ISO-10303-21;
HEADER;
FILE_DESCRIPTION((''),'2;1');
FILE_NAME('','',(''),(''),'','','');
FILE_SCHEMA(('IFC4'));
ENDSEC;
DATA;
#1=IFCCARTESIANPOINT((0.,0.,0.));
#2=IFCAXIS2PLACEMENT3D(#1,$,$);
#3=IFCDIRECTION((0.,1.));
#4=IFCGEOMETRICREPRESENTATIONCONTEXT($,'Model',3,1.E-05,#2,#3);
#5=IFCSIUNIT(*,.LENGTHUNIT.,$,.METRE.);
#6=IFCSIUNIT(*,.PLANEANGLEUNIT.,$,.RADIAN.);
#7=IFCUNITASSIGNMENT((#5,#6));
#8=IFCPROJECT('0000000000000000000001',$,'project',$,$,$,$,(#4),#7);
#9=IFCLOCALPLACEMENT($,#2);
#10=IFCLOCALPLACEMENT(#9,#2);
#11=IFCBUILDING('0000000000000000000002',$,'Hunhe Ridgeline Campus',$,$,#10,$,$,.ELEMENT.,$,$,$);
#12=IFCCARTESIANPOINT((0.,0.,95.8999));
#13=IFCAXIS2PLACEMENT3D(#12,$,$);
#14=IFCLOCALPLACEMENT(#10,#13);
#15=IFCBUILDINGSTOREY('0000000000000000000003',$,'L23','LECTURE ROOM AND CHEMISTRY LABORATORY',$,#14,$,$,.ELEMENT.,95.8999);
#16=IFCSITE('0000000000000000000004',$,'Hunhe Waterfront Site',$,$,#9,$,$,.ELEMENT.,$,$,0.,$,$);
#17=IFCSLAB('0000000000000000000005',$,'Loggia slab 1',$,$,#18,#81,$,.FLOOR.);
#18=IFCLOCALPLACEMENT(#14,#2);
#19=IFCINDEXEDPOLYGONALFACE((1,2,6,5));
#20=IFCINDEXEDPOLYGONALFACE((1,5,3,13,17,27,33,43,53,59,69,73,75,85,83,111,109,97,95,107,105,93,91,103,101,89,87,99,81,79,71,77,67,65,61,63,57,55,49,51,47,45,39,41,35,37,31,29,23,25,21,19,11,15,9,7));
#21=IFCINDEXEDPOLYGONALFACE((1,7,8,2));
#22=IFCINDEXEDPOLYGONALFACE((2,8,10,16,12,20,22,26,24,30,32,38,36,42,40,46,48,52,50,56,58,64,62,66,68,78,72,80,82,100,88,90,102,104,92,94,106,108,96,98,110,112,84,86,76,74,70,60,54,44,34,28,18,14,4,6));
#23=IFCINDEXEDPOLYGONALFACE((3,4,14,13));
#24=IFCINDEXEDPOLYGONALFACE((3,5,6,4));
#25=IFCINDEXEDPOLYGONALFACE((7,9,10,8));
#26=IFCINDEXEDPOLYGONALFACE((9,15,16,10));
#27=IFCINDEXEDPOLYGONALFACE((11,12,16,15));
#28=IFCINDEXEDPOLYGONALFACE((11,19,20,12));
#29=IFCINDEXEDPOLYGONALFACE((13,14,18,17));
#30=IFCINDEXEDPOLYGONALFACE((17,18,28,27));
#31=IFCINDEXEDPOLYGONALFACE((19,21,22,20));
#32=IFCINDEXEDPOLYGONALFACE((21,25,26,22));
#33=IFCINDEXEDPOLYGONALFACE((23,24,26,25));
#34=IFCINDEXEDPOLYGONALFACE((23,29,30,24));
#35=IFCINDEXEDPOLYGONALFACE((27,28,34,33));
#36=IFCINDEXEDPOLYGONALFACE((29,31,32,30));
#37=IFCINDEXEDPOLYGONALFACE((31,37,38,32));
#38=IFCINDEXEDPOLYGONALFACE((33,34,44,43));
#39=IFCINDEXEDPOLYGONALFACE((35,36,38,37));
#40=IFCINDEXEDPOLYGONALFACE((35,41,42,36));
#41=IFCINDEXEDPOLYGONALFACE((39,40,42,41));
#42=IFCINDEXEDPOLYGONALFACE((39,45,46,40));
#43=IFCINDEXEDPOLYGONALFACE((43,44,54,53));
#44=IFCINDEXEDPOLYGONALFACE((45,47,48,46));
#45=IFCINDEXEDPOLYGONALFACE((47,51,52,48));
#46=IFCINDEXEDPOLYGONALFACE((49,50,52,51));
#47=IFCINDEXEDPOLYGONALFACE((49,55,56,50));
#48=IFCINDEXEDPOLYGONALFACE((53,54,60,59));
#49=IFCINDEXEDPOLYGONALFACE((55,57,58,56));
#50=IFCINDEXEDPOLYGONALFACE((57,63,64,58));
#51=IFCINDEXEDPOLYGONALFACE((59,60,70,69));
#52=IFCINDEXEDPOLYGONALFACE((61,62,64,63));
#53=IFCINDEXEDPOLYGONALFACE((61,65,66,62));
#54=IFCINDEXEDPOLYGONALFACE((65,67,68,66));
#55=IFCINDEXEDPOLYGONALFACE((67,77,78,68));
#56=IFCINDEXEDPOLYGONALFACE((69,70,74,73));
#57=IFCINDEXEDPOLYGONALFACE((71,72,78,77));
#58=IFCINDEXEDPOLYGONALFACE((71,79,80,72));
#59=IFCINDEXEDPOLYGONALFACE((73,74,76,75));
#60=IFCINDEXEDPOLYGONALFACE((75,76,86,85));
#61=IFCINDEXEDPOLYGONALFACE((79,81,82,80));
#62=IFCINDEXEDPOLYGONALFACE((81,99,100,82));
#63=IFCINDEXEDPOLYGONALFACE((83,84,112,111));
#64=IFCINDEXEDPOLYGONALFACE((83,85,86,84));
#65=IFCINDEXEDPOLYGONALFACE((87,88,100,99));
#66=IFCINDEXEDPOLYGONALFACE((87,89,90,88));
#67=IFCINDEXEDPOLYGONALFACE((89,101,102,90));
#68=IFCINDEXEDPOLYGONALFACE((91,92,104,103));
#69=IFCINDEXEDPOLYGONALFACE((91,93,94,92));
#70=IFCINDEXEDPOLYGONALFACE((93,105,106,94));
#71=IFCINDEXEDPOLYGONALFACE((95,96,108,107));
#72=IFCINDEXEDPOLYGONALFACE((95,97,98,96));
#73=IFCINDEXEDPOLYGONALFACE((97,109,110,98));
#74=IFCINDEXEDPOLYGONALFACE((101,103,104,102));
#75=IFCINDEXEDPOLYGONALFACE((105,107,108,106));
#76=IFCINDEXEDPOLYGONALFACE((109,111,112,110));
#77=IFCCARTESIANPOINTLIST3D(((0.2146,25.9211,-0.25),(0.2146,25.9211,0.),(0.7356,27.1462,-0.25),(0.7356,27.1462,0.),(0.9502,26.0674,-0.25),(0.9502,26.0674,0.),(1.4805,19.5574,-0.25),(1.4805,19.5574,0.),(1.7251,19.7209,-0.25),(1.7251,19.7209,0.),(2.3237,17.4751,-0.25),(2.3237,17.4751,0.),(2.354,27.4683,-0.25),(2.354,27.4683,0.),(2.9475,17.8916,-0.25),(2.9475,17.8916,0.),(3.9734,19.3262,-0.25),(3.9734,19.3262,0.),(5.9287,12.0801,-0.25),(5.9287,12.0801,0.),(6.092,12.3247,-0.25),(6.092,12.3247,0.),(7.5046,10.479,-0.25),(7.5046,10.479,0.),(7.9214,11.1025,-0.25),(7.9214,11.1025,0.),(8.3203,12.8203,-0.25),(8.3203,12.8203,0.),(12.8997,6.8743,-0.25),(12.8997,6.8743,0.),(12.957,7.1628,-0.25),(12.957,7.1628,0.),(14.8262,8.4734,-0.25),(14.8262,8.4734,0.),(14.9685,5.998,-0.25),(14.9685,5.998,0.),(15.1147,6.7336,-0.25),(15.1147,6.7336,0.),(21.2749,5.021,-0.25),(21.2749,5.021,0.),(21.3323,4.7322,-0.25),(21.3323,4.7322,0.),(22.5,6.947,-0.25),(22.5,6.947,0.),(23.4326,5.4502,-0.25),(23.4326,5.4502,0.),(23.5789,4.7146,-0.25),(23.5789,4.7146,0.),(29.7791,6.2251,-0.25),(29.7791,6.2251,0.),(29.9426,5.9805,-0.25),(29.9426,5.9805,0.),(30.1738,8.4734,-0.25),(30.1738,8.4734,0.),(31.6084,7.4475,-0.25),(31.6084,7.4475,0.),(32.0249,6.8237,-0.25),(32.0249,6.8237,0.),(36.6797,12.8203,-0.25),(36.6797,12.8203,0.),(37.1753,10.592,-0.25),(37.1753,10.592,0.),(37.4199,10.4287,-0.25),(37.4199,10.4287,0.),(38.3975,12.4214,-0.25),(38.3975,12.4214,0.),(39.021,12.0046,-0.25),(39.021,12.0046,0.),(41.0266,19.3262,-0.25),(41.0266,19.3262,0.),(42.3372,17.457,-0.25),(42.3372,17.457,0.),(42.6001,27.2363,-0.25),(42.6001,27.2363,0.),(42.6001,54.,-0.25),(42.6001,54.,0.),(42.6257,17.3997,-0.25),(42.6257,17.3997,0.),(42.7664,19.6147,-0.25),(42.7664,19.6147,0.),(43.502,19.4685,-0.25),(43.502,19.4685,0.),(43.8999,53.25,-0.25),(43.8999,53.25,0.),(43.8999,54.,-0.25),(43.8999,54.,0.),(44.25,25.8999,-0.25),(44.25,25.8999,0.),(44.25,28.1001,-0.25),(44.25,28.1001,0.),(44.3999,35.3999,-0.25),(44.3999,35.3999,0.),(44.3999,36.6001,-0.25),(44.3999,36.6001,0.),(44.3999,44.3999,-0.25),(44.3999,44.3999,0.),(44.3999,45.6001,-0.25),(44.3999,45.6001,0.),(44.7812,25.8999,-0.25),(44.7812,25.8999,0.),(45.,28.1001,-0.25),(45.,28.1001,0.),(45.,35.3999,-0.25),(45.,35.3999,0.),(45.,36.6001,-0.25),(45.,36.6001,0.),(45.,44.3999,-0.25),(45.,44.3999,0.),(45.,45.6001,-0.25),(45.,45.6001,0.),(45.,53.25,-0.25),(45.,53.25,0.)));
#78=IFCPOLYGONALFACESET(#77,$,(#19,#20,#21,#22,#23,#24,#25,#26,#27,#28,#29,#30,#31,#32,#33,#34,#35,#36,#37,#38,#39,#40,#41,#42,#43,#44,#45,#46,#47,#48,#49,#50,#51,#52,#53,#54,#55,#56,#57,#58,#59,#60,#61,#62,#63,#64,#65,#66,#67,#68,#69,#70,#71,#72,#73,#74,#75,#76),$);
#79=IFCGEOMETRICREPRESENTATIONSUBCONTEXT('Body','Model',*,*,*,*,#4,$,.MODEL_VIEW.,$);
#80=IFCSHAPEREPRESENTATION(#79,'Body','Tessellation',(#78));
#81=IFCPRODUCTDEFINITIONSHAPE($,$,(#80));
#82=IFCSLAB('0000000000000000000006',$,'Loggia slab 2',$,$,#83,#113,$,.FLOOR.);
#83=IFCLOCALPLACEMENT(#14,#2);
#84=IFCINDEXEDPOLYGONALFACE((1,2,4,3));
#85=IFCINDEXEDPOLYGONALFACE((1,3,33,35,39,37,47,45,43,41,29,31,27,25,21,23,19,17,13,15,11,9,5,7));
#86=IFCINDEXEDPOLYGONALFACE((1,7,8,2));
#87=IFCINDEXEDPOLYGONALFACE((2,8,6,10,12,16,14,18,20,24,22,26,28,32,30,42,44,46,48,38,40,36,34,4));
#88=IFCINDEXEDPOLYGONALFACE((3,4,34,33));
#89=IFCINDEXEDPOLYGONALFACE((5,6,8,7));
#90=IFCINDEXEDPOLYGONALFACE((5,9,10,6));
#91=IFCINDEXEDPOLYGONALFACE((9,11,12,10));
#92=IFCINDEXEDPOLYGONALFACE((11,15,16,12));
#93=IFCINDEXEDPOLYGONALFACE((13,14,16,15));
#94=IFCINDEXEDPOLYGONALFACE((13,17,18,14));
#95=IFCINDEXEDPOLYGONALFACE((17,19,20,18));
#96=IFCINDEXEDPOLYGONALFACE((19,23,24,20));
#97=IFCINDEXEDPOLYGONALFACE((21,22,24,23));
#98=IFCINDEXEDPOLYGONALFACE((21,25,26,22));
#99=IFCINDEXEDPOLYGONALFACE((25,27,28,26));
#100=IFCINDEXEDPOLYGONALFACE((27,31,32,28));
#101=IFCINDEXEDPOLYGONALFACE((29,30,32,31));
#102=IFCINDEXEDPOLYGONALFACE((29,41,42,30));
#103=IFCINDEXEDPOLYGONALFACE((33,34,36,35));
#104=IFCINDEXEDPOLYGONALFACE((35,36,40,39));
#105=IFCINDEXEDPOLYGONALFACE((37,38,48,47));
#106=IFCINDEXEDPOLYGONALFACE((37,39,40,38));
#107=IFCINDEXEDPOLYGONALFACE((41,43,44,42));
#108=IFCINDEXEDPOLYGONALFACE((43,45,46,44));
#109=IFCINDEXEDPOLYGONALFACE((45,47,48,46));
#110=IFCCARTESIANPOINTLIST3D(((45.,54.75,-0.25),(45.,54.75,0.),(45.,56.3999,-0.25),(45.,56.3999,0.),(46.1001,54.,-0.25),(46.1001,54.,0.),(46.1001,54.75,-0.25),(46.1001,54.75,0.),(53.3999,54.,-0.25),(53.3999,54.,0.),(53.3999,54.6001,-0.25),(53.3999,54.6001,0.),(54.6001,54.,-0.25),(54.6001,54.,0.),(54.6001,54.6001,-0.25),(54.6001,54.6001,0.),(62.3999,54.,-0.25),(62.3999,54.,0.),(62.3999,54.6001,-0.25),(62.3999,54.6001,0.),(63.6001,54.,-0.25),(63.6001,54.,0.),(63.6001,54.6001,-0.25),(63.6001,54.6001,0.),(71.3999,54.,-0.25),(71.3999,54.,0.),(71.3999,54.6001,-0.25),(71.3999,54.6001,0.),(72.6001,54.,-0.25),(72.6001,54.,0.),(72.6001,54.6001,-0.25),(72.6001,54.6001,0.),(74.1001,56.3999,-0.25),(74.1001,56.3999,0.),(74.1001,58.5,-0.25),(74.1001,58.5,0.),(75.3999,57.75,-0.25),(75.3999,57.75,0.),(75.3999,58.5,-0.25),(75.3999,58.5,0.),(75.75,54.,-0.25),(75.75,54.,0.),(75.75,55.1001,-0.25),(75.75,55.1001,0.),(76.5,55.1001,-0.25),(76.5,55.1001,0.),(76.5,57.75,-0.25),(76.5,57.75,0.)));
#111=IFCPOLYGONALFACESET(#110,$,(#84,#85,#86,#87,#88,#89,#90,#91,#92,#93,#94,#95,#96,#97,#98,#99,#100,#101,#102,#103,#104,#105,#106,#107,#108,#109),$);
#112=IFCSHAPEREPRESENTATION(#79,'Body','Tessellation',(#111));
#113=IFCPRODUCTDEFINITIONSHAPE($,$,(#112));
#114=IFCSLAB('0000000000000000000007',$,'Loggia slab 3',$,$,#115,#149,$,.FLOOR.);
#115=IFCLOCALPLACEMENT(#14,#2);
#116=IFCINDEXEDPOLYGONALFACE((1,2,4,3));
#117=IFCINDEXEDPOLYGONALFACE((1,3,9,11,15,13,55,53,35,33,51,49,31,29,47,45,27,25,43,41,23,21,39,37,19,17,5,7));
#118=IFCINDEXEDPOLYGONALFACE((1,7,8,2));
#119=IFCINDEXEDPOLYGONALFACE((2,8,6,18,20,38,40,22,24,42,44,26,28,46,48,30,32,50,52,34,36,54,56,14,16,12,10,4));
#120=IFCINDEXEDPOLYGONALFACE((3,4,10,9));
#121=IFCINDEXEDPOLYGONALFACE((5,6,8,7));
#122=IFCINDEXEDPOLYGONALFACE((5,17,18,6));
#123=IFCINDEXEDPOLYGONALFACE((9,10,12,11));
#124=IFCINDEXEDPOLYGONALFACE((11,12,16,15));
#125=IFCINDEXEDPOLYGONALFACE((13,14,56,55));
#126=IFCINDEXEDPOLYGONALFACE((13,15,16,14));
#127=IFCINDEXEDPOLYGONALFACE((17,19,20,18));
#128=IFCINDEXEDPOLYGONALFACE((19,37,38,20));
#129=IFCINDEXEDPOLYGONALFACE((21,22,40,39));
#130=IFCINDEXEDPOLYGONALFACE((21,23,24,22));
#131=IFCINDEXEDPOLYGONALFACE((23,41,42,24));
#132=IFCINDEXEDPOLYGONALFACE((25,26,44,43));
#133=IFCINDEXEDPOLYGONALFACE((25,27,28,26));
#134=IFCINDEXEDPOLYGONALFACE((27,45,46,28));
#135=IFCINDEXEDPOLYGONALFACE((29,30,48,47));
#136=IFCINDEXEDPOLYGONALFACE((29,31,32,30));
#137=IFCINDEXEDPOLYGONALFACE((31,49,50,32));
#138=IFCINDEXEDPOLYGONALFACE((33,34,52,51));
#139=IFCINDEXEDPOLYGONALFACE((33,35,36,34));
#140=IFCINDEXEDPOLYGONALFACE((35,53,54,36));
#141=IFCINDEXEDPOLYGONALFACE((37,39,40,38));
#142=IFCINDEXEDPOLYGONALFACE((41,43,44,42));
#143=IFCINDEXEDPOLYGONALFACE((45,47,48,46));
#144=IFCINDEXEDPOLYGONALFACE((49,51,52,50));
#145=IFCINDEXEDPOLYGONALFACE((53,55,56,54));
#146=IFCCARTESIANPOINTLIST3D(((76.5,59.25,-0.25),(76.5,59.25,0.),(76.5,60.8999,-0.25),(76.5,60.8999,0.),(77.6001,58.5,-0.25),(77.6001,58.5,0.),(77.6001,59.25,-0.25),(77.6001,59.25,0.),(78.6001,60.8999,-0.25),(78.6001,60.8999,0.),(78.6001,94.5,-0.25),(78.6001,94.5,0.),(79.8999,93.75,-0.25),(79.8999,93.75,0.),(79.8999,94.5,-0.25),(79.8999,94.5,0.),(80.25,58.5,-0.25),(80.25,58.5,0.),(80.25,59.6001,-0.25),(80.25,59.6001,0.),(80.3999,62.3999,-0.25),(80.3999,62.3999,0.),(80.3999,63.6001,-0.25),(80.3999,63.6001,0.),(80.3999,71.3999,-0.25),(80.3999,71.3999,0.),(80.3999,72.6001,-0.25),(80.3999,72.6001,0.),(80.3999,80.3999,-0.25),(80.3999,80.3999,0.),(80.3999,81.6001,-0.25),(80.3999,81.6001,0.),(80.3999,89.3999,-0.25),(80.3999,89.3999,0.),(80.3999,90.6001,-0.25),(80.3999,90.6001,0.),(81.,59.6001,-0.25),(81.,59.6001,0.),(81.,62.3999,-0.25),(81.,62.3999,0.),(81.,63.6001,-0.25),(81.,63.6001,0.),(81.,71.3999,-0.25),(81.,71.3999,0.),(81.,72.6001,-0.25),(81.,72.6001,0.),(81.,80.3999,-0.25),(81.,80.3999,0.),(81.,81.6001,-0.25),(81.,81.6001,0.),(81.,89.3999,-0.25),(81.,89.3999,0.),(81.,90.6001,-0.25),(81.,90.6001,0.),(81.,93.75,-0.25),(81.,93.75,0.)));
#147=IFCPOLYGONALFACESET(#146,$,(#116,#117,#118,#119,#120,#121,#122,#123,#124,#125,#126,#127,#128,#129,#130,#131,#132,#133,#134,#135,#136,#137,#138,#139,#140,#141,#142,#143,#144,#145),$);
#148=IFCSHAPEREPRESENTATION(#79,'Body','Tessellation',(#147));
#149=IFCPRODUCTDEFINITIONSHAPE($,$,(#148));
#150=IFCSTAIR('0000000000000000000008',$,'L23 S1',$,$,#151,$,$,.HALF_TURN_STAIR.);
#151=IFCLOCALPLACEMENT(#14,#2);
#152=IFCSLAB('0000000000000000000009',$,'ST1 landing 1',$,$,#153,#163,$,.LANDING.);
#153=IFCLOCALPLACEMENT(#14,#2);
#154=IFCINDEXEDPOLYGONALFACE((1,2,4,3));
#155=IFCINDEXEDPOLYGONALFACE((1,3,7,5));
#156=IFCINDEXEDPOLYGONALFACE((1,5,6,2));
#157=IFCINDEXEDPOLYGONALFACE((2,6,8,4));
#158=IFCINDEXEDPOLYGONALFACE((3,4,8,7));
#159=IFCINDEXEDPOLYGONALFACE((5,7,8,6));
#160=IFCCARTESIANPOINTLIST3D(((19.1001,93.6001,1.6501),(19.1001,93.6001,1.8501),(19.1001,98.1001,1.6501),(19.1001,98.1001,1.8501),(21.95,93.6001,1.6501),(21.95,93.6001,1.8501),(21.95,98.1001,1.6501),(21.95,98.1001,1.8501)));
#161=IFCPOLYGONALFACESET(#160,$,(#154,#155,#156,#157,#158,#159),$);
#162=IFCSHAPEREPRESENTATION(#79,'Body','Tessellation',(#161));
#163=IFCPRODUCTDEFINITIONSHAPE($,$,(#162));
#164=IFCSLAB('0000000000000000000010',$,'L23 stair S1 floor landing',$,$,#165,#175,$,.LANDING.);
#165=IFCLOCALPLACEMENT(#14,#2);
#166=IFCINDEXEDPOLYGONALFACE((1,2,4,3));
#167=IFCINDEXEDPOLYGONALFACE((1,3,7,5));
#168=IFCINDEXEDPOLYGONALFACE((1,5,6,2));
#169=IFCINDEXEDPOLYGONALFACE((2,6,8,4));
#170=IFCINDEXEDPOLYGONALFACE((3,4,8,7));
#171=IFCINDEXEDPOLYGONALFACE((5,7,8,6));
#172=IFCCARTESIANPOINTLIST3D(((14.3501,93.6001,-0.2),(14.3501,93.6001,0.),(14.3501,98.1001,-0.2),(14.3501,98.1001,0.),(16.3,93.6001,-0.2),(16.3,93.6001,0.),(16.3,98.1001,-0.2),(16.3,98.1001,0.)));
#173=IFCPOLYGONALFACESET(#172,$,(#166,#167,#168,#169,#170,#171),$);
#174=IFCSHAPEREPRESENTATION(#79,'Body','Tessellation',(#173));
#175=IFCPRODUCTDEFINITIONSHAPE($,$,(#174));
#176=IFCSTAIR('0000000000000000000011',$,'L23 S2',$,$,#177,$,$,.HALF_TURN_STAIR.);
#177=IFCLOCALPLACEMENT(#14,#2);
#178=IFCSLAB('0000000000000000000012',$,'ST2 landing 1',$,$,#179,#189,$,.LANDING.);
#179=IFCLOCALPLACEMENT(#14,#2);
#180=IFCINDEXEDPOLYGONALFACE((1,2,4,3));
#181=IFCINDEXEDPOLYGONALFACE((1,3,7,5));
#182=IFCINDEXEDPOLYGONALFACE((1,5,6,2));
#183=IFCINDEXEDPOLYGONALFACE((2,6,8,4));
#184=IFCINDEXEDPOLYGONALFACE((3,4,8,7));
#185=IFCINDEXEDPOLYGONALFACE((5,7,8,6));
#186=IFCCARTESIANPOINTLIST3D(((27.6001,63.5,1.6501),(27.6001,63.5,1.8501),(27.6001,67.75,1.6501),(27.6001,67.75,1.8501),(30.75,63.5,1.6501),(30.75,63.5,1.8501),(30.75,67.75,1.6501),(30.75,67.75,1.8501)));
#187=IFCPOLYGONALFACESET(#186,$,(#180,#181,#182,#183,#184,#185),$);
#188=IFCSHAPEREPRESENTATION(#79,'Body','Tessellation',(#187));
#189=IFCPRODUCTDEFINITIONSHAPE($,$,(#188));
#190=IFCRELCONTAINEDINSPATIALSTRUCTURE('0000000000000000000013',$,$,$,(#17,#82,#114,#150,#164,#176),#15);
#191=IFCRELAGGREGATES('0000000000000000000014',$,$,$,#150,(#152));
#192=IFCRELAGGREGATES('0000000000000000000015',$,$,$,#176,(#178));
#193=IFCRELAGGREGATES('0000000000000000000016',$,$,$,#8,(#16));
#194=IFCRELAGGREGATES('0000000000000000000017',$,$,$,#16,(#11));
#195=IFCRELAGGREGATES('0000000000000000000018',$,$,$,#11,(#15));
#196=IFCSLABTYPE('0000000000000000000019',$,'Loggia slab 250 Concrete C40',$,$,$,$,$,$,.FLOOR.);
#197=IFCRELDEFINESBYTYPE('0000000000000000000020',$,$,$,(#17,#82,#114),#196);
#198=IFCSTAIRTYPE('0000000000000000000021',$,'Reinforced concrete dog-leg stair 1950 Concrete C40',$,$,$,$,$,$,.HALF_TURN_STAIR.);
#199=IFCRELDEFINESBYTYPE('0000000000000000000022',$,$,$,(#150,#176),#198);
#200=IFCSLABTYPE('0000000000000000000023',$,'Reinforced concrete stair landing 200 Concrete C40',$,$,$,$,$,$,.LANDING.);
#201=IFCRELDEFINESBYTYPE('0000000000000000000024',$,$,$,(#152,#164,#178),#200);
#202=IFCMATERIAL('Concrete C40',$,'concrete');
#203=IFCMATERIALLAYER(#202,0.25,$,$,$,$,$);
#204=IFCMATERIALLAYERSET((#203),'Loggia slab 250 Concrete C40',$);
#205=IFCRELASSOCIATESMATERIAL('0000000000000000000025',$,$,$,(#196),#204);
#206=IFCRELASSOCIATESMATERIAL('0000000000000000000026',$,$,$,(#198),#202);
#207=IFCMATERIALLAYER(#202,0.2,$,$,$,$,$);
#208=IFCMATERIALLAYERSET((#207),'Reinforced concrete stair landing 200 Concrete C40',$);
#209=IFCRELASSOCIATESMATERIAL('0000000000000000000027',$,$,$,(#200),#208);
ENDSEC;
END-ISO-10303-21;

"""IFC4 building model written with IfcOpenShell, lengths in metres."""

from ifc_helpers import new_model, si_unit, direction, frame, origin, place, context, subcontext, project, spatial, polyline, outline, extrude, material, layer, layer_set, type_object, element, aggregate, save


model = new_model("IFC4")

# Units and contexts
model_context = context("Model", 3, precision=1e-05, world=origin(), true_north=direction((0.0, 1.0)))
body_context = subcontext(model_context, "Body", "Model", "MODEL_VIEW")
ifc_project = project(units=[si_unit("LENGTHUNIT", "METRE"), si_unit("PLANEANGLEUNIT", "RADIAN")], contexts=[model_context])

# Site, building, storey
site_placement = place(None, origin())
site = spatial("IfcSite", under=ifc_project, at=site_placement, Name="Hunhe Waterfront Site", CompositionType="ELEMENT", RefElevation=0.0)
building_placement = place(site_placement, origin())
building = spatial("IfcBuilding", under=site, at=building_placement, Name="Hunhe Ridgeline Campus", CompositionType="ELEMENT")
storey_placement = place(building_placement, frame((0.0, 0.0, 95.8999)))
storey = spatial("IfcBuildingStorey", under=building, at=storey_placement, Name="L23", Description="LECTURE ROOM AND CHEMISTRY LABORATORY", CompositionType="ELEMENT", Elevation=95.8999)

# Slabs
ifc_material_1 = material(Name="Concrete C40", Category="concrete")
ifc_layer_1 = layer(ifc_material_1, 0.25)
ifc_layer_set_1 = layer_set([ifc_layer_1], Name="Loggia slab 250 Concrete C40")
slab_type_1 = type_object("IfcSlabType", Name="Loggia slab 250 Concrete C40", PredefinedType="FLOOR", material=ifc_layer_set_1)
slab_1_placement = place(storey_placement, frame((0.0, 0.0, -0.25)))
element("IfcSlab", 1, at=slab_1_placement, inside=storey, type_object=slab_type_1, Name="Loggia slab 1", PredefinedType="FLOOR", context=body_context, shape_type="SweptSolid", body=[
    extrude(outline(polyline([(30.1738, 8.4734), (22.5, 6.947), (14.8262, 8.4734), (8.3203, 12.8203), (3.9734, 19.3262), (2.354, 27.4683), (0.7356, 27.1462), (0.9502, 26.0674), (0.2146, 25.9211), (1.4805, 19.5574), (1.7251, 19.7209), (2.9475, 17.8916), (2.3237, 17.4751), (5.9287, 12.0801), (6.092, 12.3247), (7.9214, 11.1025), (7.5046, 10.479), (12.8997, 6.8743), (12.957, 7.1628), (15.1147, 6.7336), (14.9685, 5.998), (21.3323, 4.7322), (21.2749, 5.021), (23.4326, 5.4502), (23.5789, 4.7146), (29.9426, 5.9805), (29.7791, 6.2251), (31.6084, 7.4475), (32.0249, 6.8237), (37.4199, 10.4287), (37.1753, 10.592), (38.3975, 12.4214), (39.021, 12.0046), (42.6257, 17.3997), (42.3372, 17.457), (42.7664, 19.6147), (43.502, 19.4685), (44.7812, 25.8999), (44.25, 25.8999), (44.25, 28.1001), (45.0, 28.1001), (45.0, 35.3999), (44.3999, 35.3999), (44.3999, 36.6001), (45.0, 36.6001), (45.0, 44.3999), (44.3999, 44.3999), (44.3999, 45.6001), (45.0, 45.6001), (45.0, 53.25), (43.8999, 53.25), (43.8999, 54.0), (42.6001, 54.0), (42.6001, 27.2363), (41.0266, 19.3262), (36.6797, 12.8203), (30.1738, 8.4734)])), origin(), (0.0, 0.0, 1.0), 0.25),
])
slab_2_placement = place(storey_placement, frame((0.0, 0.0, -0.25)))
element("IfcSlab", 2, at=slab_2_placement, inside=storey, type_object=slab_type_1, Name="Loggia slab 2", PredefinedType="FLOOR", context=body_context, shape_type="SweptSolid", body=[
    extrude(outline(polyline([(45.0, 54.75), (46.1001, 54.75), (46.1001, 54.0), (53.3999, 54.0), (53.3999, 54.6001), (54.6001, 54.6001), (54.6001, 54.0), (62.3999, 54.0), (62.3999, 54.6001), (63.6001, 54.6001), (63.6001, 54.0), (71.3999, 54.0), (71.3999, 54.6001), (72.6001, 54.6001), (72.6001, 54.0), (75.75, 54.0), (75.75, 55.1001), (76.5, 55.1001), (76.5, 57.75), (75.3999, 57.75), (75.3999, 58.5), (74.1001, 58.5), (74.1001, 56.3999), (45.0, 56.3999), (45.0, 54.75)])), origin(), (0.0, 0.0, 1.0), 0.25),
])
slab_3_placement = place(storey_placement, frame((0.0, 0.0, -0.25)))
element("IfcSlab", 3, at=slab_3_placement, inside=storey, type_object=slab_type_1, Name="Loggia slab 3", PredefinedType="FLOOR", context=body_context, shape_type="SweptSolid", body=[
    extrude(outline(polyline([(76.5, 59.25), (77.6001, 59.25), (77.6001, 58.5), (80.25, 58.5), (80.25, 59.6001), (81.0, 59.6001), (81.0, 62.3999), (80.3999, 62.3999), (80.3999, 63.6001), (81.0, 63.6001), (81.0, 71.3999), (80.3999, 71.3999), (80.3999, 72.6001), (81.0, 72.6001), (81.0, 80.3999), (80.3999, 80.3999), (80.3999, 81.6001), (81.0, 81.6001), (81.0, 89.3999), (80.3999, 89.3999), (80.3999, 90.6001), (81.0, 90.6001), (81.0, 93.75), (79.8999, 93.75), (79.8999, 94.5), (78.6001, 94.5), (78.6001, 60.8999), (76.5, 60.8999), (76.5, 59.25)])), origin(), (0.0, 0.0, 1.0), 0.25),
])

# Stair, slab
stair_type = type_object("IfcStairType", Name="Reinforced concrete dog-leg stair 1950 Concrete C40", PredefinedType="HALF_TURN_STAIR", material=ifc_material_1)
stair_1_placement = place(storey_placement, origin())
stair_1 = element("IfcStair", 4, at=stair_1_placement, inside=storey, type_object=stair_type, Name="L23 S1", PredefinedType="HALF_TURN_STAIR")
ifc_layer_2 = layer(ifc_material_1, 0.2)
ifc_layer_set_2 = layer_set([ifc_layer_2], Name="Reinforced concrete stair landing 200 Concrete C40")
slab_type_2 = type_object("IfcSlabType", Name="Reinforced concrete stair landing 200 Concrete C40", PredefinedType="LANDING", material=ifc_layer_set_2)
slab_4_placement = place(storey_placement, frame((0.0, 0.0, 1.6501)))
slab_4 = element("IfcSlab", 5, at=slab_4_placement, type_object=slab_type_2, Name="ST1 landing 1", PredefinedType="LANDING", context=body_context, shape_type="SweptSolid", body=[
    extrude(outline(polyline([(19.1001, 93.6001), (21.95, 93.6001), (21.95, 98.1001), (19.1001, 98.1001), (19.1001, 93.6001)])), origin(), (0.0, 0.0, 1.0), 0.2),
])
aggregate(stair_1, [slab_4])

# Slab
slab_5_placement = place(storey_placement, frame((0.0, 0.0, -0.2)))
element("IfcSlab", 6, at=slab_5_placement, inside=storey, type_object=slab_type_2, Name="L23 stair S1 floor landing", PredefinedType="LANDING", context=body_context, shape_type="SweptSolid", body=[
    extrude(outline(polyline([(14.3501, 93.6001), (16.3, 93.6001), (16.3, 98.1001), (14.3501, 98.1001), (14.3501, 93.6001)])), origin(), (0.0, 0.0, 1.0), 0.2),
])

# Stair, slab
stair_2_placement = place(storey_placement, origin())
stair_2 = element("IfcStair", 7, at=stair_2_placement, inside=storey, type_object=stair_type, Name="L23 S2", PredefinedType="HALF_TURN_STAIR")
slab_6_placement = place(storey_placement, frame((0.0, 0.0, 1.6501)))
slab_6 = element("IfcSlab", 8, at=slab_6_placement, type_object=slab_type_2, Name="ST2 landing 1", PredefinedType="LANDING", context=body_context, shape_type="SweptSolid", body=[
    extrude(outline(polyline([(30.75, 67.75), (27.6001, 67.75), (27.6001, 63.5), (30.75, 63.5), (30.75, 67.75)])), origin(), (0.0, 0.0, 1.0), 0.2),
])
aggregate(stair_2, [slab_6])

save(model, "model.ifc")
